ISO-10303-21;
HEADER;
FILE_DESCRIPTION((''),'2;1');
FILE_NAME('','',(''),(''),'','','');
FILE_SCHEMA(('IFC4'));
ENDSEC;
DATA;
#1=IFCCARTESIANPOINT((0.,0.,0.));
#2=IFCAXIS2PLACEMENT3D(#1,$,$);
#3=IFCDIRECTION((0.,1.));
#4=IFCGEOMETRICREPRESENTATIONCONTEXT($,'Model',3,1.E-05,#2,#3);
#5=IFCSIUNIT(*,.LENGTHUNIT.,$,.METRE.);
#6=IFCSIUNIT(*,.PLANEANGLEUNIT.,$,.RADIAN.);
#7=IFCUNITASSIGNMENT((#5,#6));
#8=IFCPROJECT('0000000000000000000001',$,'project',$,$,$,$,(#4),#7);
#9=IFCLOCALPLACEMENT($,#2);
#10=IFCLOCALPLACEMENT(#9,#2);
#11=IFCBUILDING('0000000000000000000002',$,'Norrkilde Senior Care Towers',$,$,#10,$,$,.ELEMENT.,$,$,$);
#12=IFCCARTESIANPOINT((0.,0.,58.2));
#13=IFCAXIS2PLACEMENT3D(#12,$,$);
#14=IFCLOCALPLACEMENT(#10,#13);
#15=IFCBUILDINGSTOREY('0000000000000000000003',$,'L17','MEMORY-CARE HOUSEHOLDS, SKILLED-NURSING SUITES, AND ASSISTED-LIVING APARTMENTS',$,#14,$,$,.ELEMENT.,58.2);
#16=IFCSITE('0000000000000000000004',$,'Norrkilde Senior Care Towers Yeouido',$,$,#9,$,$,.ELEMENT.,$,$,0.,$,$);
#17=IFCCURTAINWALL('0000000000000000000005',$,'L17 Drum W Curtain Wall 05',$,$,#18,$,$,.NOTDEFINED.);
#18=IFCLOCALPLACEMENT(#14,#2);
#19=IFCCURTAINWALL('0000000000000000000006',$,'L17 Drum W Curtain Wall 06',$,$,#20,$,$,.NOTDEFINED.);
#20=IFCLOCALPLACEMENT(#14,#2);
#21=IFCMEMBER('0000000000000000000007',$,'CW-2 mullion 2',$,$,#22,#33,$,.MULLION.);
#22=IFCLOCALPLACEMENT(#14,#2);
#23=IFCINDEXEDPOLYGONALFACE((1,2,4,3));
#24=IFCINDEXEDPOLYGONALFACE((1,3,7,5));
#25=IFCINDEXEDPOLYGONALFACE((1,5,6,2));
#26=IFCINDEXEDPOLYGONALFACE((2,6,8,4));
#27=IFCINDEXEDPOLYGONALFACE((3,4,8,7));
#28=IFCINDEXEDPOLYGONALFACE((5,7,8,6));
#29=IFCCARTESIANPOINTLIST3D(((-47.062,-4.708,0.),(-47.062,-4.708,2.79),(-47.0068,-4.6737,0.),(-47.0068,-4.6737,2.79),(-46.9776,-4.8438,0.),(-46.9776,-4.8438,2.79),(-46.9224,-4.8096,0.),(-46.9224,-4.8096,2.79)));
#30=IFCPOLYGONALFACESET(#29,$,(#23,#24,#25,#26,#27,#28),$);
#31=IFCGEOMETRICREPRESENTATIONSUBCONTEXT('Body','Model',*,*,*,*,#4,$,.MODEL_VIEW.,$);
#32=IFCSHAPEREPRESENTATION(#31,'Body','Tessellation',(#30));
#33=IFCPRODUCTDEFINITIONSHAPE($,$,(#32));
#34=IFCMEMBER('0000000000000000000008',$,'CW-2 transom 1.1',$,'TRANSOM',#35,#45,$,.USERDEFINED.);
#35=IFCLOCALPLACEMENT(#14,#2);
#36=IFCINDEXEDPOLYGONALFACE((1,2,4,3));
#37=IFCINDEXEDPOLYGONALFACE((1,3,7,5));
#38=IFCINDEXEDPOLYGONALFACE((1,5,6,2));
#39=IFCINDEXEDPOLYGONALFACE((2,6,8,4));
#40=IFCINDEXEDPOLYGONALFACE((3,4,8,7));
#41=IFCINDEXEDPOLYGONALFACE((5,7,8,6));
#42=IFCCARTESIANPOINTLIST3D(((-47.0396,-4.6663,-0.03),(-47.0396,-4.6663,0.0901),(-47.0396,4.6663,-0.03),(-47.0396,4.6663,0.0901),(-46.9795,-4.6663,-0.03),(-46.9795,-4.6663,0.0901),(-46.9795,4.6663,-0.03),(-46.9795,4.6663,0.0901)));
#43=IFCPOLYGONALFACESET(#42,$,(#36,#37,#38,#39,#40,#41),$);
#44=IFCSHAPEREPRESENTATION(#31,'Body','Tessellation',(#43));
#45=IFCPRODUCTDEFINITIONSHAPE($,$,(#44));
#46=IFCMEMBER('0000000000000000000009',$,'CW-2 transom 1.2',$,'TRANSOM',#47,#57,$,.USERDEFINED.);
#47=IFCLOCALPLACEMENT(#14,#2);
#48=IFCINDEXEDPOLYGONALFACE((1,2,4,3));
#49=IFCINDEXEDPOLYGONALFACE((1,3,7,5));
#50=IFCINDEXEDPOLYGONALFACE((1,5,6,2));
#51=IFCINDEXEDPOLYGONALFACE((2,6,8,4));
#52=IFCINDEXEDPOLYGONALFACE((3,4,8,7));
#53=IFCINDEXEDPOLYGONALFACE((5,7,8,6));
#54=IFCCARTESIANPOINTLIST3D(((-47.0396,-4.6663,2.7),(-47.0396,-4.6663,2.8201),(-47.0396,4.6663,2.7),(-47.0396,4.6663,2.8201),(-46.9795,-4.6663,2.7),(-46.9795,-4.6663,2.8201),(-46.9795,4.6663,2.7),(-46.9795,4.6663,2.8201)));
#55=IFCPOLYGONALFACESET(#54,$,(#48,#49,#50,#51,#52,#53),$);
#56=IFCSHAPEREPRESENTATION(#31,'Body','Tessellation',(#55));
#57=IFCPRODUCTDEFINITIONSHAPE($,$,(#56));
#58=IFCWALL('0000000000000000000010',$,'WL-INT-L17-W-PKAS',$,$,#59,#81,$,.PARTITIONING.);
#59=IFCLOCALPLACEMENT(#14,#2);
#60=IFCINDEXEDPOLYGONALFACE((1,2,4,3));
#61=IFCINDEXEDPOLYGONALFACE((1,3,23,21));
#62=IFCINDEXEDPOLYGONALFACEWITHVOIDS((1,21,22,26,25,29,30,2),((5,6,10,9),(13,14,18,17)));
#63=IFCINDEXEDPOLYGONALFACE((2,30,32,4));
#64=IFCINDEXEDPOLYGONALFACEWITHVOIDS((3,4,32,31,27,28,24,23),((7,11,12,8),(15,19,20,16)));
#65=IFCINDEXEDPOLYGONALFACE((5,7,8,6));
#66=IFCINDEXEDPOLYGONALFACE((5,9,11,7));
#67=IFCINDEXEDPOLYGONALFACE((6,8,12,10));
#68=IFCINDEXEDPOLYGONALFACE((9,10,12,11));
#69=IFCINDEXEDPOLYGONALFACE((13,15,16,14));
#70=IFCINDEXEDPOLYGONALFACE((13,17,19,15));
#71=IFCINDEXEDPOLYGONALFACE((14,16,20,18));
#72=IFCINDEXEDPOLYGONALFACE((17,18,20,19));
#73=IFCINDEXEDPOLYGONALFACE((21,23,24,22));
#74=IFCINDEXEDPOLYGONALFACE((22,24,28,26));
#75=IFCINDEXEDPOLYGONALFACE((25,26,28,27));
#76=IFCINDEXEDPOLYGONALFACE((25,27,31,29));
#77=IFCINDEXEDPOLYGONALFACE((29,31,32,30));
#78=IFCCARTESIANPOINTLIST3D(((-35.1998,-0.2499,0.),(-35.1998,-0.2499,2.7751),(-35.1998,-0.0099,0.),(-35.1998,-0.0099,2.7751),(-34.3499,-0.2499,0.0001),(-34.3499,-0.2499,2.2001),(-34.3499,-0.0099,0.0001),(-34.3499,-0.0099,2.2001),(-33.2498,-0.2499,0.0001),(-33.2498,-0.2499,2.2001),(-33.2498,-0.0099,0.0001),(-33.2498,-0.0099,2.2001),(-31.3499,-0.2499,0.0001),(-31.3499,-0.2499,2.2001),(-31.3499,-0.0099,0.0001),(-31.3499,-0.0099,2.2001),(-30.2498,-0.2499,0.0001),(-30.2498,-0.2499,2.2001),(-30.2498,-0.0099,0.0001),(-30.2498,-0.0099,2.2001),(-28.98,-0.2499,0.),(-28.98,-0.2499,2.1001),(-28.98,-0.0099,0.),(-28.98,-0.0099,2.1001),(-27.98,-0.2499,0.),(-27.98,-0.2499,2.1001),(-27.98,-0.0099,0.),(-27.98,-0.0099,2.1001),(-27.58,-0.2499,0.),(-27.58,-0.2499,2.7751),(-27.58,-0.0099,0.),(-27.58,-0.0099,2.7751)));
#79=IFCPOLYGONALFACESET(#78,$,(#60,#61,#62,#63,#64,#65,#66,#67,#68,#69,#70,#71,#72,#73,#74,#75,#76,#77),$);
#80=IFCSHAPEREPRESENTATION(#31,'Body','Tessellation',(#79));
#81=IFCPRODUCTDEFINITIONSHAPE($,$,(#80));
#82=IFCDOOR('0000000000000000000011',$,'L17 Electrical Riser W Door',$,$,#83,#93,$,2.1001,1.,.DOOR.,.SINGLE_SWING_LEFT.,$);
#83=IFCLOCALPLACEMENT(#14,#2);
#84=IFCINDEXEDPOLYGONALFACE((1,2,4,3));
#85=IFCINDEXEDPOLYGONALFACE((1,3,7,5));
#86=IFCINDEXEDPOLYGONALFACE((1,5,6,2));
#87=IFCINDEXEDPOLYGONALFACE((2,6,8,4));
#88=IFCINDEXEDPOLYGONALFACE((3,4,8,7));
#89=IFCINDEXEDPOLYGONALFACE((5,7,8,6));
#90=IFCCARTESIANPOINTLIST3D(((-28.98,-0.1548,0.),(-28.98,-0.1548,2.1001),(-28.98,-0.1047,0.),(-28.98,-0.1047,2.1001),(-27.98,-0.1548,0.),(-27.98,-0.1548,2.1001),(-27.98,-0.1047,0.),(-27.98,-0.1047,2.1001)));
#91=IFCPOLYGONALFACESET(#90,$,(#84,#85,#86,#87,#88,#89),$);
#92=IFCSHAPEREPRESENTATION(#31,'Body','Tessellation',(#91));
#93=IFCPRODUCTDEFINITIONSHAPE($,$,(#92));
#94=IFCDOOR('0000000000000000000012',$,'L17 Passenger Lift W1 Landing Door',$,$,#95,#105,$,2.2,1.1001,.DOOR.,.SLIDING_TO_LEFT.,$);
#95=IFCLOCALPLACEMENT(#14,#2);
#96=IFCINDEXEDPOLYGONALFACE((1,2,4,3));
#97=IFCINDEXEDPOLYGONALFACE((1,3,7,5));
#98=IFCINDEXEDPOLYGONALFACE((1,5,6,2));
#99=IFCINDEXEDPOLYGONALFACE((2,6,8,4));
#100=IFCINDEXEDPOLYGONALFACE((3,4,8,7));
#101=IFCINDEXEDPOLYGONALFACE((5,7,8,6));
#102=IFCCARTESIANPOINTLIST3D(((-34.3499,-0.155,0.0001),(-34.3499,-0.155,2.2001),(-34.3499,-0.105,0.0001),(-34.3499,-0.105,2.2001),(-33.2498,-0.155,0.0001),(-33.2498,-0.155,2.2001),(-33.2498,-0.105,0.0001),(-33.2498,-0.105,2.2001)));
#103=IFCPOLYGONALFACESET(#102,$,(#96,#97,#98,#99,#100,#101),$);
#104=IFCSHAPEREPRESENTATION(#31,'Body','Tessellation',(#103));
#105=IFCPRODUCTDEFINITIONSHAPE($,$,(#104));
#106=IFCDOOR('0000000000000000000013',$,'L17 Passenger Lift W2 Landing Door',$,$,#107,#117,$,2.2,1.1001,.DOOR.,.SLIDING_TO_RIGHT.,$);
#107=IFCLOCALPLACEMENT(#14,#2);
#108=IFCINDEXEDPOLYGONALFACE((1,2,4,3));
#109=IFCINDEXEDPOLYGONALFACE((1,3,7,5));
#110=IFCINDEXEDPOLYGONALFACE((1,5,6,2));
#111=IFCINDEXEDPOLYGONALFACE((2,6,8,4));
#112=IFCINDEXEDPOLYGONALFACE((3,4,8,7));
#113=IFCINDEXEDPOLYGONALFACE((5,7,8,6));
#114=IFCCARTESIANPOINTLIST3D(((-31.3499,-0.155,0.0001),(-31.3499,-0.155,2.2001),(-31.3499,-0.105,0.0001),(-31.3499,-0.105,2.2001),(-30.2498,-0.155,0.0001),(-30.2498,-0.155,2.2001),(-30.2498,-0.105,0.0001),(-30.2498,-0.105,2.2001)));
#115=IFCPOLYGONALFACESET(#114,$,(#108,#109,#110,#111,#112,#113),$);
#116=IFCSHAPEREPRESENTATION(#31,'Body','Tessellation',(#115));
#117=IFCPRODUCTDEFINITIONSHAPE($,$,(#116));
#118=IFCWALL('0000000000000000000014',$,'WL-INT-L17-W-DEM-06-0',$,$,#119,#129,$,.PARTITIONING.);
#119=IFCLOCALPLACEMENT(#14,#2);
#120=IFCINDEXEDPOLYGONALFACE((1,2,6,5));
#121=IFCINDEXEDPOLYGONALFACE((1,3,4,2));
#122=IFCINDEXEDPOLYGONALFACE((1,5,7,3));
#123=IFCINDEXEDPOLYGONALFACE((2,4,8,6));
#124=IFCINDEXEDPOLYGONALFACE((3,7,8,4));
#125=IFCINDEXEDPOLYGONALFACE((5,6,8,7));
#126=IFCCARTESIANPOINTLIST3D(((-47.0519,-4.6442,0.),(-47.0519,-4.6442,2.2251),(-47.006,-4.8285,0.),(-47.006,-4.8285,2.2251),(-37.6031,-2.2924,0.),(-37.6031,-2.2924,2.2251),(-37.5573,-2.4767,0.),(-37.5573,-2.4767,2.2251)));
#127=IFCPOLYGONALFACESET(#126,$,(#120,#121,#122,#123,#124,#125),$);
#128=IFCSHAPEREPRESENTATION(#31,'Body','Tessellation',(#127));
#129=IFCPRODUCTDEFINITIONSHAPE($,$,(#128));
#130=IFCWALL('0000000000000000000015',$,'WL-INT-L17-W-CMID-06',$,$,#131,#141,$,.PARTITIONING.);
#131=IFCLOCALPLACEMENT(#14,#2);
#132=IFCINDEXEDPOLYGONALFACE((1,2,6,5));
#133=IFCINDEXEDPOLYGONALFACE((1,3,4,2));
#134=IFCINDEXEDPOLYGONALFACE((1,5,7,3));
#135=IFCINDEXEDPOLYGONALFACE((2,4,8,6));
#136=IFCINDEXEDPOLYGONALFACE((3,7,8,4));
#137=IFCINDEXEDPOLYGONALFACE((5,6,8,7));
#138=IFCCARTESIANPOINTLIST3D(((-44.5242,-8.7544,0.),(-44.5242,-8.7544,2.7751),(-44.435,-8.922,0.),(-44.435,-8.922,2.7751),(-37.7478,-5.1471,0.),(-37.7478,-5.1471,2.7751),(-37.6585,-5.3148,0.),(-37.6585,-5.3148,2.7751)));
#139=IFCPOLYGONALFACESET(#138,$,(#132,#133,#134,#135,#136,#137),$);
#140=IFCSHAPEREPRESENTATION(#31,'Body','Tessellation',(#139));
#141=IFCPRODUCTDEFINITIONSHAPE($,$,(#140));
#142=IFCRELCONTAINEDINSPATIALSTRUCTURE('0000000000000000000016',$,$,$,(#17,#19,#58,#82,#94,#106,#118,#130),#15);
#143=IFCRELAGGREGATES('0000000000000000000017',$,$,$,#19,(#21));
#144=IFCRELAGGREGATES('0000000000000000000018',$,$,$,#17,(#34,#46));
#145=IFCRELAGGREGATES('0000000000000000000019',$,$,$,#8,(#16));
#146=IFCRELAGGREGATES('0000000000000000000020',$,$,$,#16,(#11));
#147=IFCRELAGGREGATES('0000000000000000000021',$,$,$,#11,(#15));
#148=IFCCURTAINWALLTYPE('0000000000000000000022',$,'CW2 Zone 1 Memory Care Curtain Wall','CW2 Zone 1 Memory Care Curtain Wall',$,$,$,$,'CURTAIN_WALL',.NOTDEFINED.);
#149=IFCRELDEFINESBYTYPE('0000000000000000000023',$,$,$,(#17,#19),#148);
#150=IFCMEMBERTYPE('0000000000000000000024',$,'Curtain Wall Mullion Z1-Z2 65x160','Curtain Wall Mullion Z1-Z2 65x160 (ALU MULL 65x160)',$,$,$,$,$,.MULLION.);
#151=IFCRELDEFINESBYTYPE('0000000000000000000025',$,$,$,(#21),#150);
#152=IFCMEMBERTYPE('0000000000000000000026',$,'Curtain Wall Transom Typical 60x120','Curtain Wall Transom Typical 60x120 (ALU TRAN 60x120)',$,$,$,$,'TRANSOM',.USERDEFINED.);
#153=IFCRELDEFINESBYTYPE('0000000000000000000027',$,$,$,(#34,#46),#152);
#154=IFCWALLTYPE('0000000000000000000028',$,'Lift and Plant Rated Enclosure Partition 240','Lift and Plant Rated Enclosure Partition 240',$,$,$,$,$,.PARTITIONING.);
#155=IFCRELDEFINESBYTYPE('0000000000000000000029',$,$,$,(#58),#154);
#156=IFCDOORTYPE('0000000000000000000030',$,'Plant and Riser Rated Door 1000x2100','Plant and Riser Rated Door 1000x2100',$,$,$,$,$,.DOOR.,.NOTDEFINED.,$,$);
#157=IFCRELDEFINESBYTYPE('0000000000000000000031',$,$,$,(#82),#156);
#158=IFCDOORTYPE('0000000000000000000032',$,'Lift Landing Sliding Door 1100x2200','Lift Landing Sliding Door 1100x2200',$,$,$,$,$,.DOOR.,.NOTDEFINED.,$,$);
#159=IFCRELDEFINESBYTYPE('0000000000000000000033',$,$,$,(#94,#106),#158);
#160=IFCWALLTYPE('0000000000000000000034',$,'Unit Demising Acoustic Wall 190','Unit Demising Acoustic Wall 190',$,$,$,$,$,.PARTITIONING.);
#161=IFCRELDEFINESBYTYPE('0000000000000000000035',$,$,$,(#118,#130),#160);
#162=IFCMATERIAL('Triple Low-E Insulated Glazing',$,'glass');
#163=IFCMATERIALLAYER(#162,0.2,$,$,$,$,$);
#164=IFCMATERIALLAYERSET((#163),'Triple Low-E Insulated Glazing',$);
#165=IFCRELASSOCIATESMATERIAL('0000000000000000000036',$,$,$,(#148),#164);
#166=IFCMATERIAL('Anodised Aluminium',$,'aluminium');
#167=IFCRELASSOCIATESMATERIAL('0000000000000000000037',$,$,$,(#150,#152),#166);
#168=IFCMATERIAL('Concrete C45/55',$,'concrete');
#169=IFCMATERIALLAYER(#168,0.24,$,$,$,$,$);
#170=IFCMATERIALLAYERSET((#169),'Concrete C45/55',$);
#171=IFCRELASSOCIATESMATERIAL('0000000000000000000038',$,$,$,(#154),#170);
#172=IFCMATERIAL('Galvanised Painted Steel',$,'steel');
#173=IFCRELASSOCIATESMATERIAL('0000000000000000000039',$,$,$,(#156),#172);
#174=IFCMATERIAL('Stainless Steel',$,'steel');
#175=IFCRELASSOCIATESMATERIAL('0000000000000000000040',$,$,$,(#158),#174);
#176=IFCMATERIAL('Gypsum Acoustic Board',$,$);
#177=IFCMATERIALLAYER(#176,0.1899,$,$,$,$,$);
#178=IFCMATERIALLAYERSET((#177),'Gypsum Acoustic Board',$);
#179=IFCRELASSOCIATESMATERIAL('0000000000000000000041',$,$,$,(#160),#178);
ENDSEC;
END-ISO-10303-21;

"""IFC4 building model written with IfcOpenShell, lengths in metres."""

from ifc_helpers import new_model, si_unit, direction, frame, frame_2d, origin, origin_2d, place, context, subcontext, project, spatial, rectangle, extrude, source, transform, mapped, material, layer, layer_set, material_profile, profile_set, type_object, type_shapes, element, fill, aggregate, save


model = new_model("IFC4")

# Units and contexts
model_context = context("Model", 3, precision=1e-05, world=origin(), true_north=direction((0.0, 1.0)))
body_context = subcontext(model_context, "Body", "Model", "MODEL_VIEW")
ifc_project = project(units=[si_unit("LENGTHUNIT", "METRE"), si_unit("PLANEANGLEUNIT", "RADIAN")], contexts=[model_context])

# Site, building, storey
site_placement = place(None, origin())
site = spatial("IfcSite", under=ifc_project, at=site_placement, Name="Norrkilde Senior Care Towers Yeouido", CompositionType="ELEMENT", RefElevation=0.0)
building_placement = place(site_placement, origin())
building = spatial("IfcBuilding", under=site, at=building_placement, Name="Norrkilde Senior Care Towers", CompositionType="ELEMENT")
storey_placement = place(building_placement, frame((0.0, 0.0, 58.2)))
storey = spatial("IfcBuildingStorey", under=building, at=storey_placement, Name="L17", Description="MEMORY-CARE HOUSEHOLDS, SKILLED-NURSING SUITES, AND ASSISTED-LIVING APARTMENTS", CompositionType="ELEMENT", Elevation=58.2)

# Curtain walls, member
ifc_material_1 = material(Name="Triple Low-E Insulated Glazing", Category="glass")
ifc_layer_1 = layer(ifc_material_1, 0.2)
ifc_layer_set_1 = layer_set([ifc_layer_1], Name="Triple Low-E Insulated Glazing")
curtain_wall_type = type_object("IfcCurtainWallType", Name="CW2 Zone 1 Memory Care Curtain Wall", Description="CW2 Zone 1 Memory Care Curtain Wall", ElementType="CURTAIN_WALL", PredefinedType="NOTDEFINED", material=ifc_layer_set_1)
curtain_wall_1_placement = place(storey_placement, origin())
curtain_wall_1 = element("IfcCurtainWall", 1, at=curtain_wall_1_placement, inside=storey, type_object=curtain_wall_type, Name="L17 Drum W Curtain Wall 05", PredefinedType="NOTDEFINED")
ifc_material_2 = material(Name="Anodised Aluminium", Category="aluminium")
ifc_material_profile_1 = material_profile(ifc_material_2, rectangle(XDim=0.0649, YDim=0.1599, at=origin_2d()), Name="ALU MULL 65x160")
ifc_profile_set_1 = profile_set([ifc_material_profile_1], Name="Anodised Aluminium")
member_type_1 = type_object("IfcMemberType", Name="Curtain Wall Mullion Z1-Z2 65x160", Description="Curtain Wall Mullion Z1-Z2 65x160 (ALU MULL 65x160)", PredefinedType="MULLION", material=ifc_profile_set_1)
shared_shape_1 = source(origin(), body_context, "Body", "SweptSolid", [
    extrude(rectangle(XDim=0.0649, YDim=0.1599, at=origin_2d()), origin(), (0.0, 0.0, 1.0), 2.79),
])
type_shapes(member_type_1, [shared_shape_1])
curtain_wall_2_placement = place(storey_placement, origin())
curtain_wall_2 = element("IfcCurtainWall", 2, at=curtain_wall_2_placement, inside=storey, type_object=curtain_wall_type, Name="L17 Drum W Curtain Wall 06", PredefinedType="NOTDEFINED")
member_1_placement = place(storey_placement, frame((-46.9922, -4.7588, 0.0), z_axis=(0.0, 0.0, 1.0), x_axis=(-0.849306, -0.527901, 0.0)))
member_1 = element("IfcMember", 3, at=member_1_placement, type_object=member_type_1, Name="CW-2 mullion 2", PredefinedType="MULLION", context=body_context, shape_type="MappedRepresentation", body=[
    mapped(shared_shape_1, transform((0.0, 0.0, 0.0), x_axis=(1.0, 0.0, 0.0), y_axis=(0.0, 1.0, 0.0), z_axis=(0.0, 0.0, 1.0), scale=1.0)),
])
aggregate(curtain_wall_2, [member_1])

# Members
ifc_material_profile_2 = material_profile(ifc_material_2, rectangle(XDim=0.0601, YDim=0.1201, at=origin_2d()), Name="ALU TRAN 60x120")
ifc_profile_set_2 = profile_set([ifc_material_profile_2], Name="Anodised Aluminium")
member_type_2 = type_object("IfcMemberType", Name="Curtain Wall Transom Typical 60x120", Description="Curtain Wall Transom Typical 60x120 (ALU TRAN 60x120)", ElementType="TRANSOM", PredefinedType="USERDEFINED", material=ifc_profile_set_2)
shared_shape_2 = source(origin(), body_context, "Body", "SweptSolid", [
    extrude(rectangle(XDim=0.0601, YDim=0.1201, at=origin_2d()), origin(), (0.0, 0.0, 1.0), 9.3325),
])
type_shapes(member_type_2, [shared_shape_2])
member_2_placement = place(storey_placement, frame((-47.0095, -4.6663, 0.03), z_axis=(0.0, 1.0, 0.0), x_axis=(-1.0, 0.0, 0.0)))
member_2 = element("IfcMember", 4, at=member_2_placement, type_object=member_type_2, Name="CW-2 transom 1.1", ObjectType="TRANSOM", PredefinedType="USERDEFINED", context=body_context, shape_type="MappedRepresentation", body=[
    mapped(shared_shape_2, transform((0.0, 0.0, 0.0), x_axis=(1.0, 0.0, 0.0), y_axis=(0.0, 1.0, 0.0), z_axis=(0.0, 0.0, 1.0), scale=1.0)),
])
member_3_placement = place(storey_placement, frame((-47.0095, -4.6663, 2.76), z_axis=(0.0, 1.0, 0.0), x_axis=(-1.0, 0.0, 0.0)))
member_3 = element("IfcMember", 5, at=member_3_placement, type_object=member_type_2, Name="CW-2 transom 1.2", ObjectType="TRANSOM", PredefinedType="USERDEFINED", context=body_context, shape_type="MappedRepresentation", body=[
    mapped(shared_shape_2, transform((0.0, 0.0, 0.0), x_axis=(1.0, 0.0, 0.0), y_axis=(0.0, 1.0, 0.0), z_axis=(0.0, 0.0, 1.0), scale=1.0)),
])
aggregate(curtain_wall_1, [member_2, member_3])

# Shared definitions
ifc_material_3 = material(Name="Galvanised Painted Steel", Category="steel")
ifc_material_4 = material(Name="Concrete C45/55", Category="concrete")

# Wall, openings, doors
ifc_layer_2 = layer(ifc_material_4, 0.24)
ifc_layer_set_2 = layer_set([ifc_layer_2], Name="Concrete C45/55")
wall_type_1 = type_object("IfcWallType", Name="Lift and Plant Rated Enclosure Partition 240", Description="Lift and Plant Rated Enclosure Partition 240", PredefinedType="PARTITIONING", material=ifc_layer_set_2)
shared_shape_3 = source(origin(), body_context, "Body", "SweptSolid", [
    extrude(rectangle(XDim=7.6199, YDim=0.24, at=frame_2d((3.8101, 0.0))), origin(), (0.0, 0.0, 1.0), 2.7751),
])
type_shapes(wall_type_1, [shared_shape_3])
wall_1_placement = place(storey_placement, frame((-35.2, -0.1299, 0.0), z_axis=(0.0, 0.0, 1.0), x_axis=(1.0, 0.0, 0.0)))
wall_1 = element("IfcWall", 6, at=wall_1_placement, inside=storey, type_object=wall_type_1, Name="WL-INT-L17-W-PKAS", PredefinedType="PARTITIONING", context=body_context, shape_type="MappedRepresentation", body=[
    mapped(shared_shape_3, transform((0.0, 0.0, 0.0), x_axis=(1.0, 0.0, 0.0), y_axis=(0.0, 1.0, 0.0), z_axis=(0.0, 0.0, 1.0), scale=1.0)),
])
opening_1_placement = place(wall_1_placement, frame((6.22, 0.0, 0.0)))
opening_1 = element("IfcOpeningElement", 7, at=opening_1_placement, cuts=wall_1, PredefinedType="OPENING", context=body_context, shape_type="SweptSolid", body=[
    extrude(rectangle(XDim=1.0, YDim=2.1001, at=frame_2d((0.5, 1.05))), frame((0.0, 0.1299, 0.0), z_axis=(0.0, -1.0, 0.0), x_axis=(1.0, 0.0, 0.0)), (0.0, 0.0, 1.0), 0.26),
])
opening_2_placement = place(wall_1_placement, frame((0.8501, 0.0, 0.0)))
opening_2 = element("IfcOpeningElement", 8, at=opening_2_placement, cuts=wall_1, PredefinedType="OPENING", context=body_context, shape_type="SweptSolid", body=[
    extrude(rectangle(XDim=1.1001, YDim=2.2, at=frame_2d((0.55, 1.1001))), frame((0.0, 0.1299, 0.0), z_axis=(0.0, -1.0, 0.0), x_axis=(1.0, 0.0, 0.0)), (0.0, 0.0, 1.0), 0.26),
])
opening_3_placement = place(wall_1_placement, frame((3.8501, 0.0, 0.0)))
opening_3 = element("IfcOpeningElement", 9, at=opening_3_placement, cuts=wall_1, PredefinedType="OPENING", context=body_context, shape_type="SweptSolid", body=[
    extrude(rectangle(XDim=1.1001, YDim=2.2, at=frame_2d((0.55, 1.1001))), frame((0.0, 0.1299, 0.0), z_axis=(0.0, -1.0, 0.0), x_axis=(1.0, 0.0, 0.0)), (0.0, 0.0, 1.0), 0.26),
])
door_type_1 = type_object("IfcDoorType", Name="Plant and Riser Rated Door 1000x2100", Description="Plant and Riser Rated Door 1000x2100", OperationType="NOTDEFINED", PredefinedType="DOOR", material=ifc_material_3)
shared_shape_4 = source(origin(), body_context, "Body", "SweptSolid", [
    extrude(rectangle(XDim=1.0, YDim=2.1001, at=frame_2d((0.5, 1.05))), frame((0.0, 0.0249, 0.0), z_axis=(0.0, -1.0, 0.0), x_axis=(1.0, 0.0, 0.0)), (0.0, 0.0, 1.0), 0.05),
])
type_shapes(door_type_1, [shared_shape_4])
door_1_placement = place(opening_1_placement, frame((1.0, 0.0, 0.0), z_axis=(0.0, 0.0, 1.0), x_axis=(-1.0, 0.0, 0.0)))
door_1 = element("IfcDoor", 10, at=door_1_placement, inside=storey, type_object=door_type_1, Name="L17 Electrical Riser W Door", OperationType="SINGLE_SWING_LEFT", OverallHeight=2.1001, OverallWidth=1.0, PredefinedType="DOOR", context=body_context, shape_type="MappedRepresentation", body=[
    mapped(shared_shape_4, transform((0.0, 0.0, 0.0), x_axis=(1.0, 0.0, 0.0), y_axis=(0.0, 1.0, 0.0), z_axis=(0.0, 0.0, 1.0), scale=1.0)),
])
fill(opening_1, door_1)
ifc_material_5 = material(Name="Stainless Steel", Category="steel")
door_type_2 = type_object("IfcDoorType", Name="Lift Landing Sliding Door 1100x2200", Description="Lift Landing Sliding Door 1100x2200", OperationType="NOTDEFINED", PredefinedType="DOOR", material=ifc_material_5)
shared_shape_5 = source(origin(), body_context, "Body", "SweptSolid", [
    extrude(rectangle(XDim=1.1001, YDim=2.2, at=frame_2d((0.55, 1.1001))), frame((0.0, 0.0249, 0.0), z_axis=(0.0, -1.0, 0.0), x_axis=(1.0, 0.0, 0.0)), (0.0, 0.0, 1.0), 0.05),
])
type_shapes(door_type_2, [shared_shape_5])
door_2_placement = place(opening_2_placement, origin())
door_2 = element("IfcDoor", 11, at=door_2_placement, inside=storey, type_object=door_type_2, Name="L17 Passenger Lift W1 Landing Door", OperationType="SLIDING_TO_LEFT", OverallHeight=2.2, OverallWidth=1.1001, PredefinedType="DOOR", context=body_context, shape_type="MappedRepresentation", body=[
    mapped(shared_shape_5, transform((0.0, 0.0, 0.0), x_axis=(1.0, 0.0, 0.0), y_axis=(0.0, 1.0, 0.0), z_axis=(0.0, 0.0, 1.0), scale=1.0)),
])
fill(opening_2, door_2)
door_3_placement = place(opening_3_placement, origin())
door_3 = element("IfcDoor", 12, at=door_3_placement, inside=storey, type_object=door_type_2, Name="L17 Passenger Lift W2 Landing Door", OperationType="SLIDING_TO_RIGHT", OverallHeight=2.2, OverallWidth=1.1001, PredefinedType="DOOR", context=body_context, shape_type="MappedRepresentation", body=[
    mapped(shared_shape_5, transform((0.0, 0.0, 0.0), x_axis=(1.0, 0.0, 0.0), y_axis=(0.0, 1.0, 0.0), z_axis=(0.0, 0.0, 1.0), scale=1.0)),
])
fill(opening_3, door_3)

# Walls
ifc_material_6 = material(Name="Gypsum Acoustic Board")
ifc_layer_3 = layer(ifc_material_6, 0.1899)
ifc_layer_set_3 = layer_set([ifc_layer_3], Name="Gypsum Acoustic Board")
wall_type_2 = type_object("IfcWallType", Name="Unit Demising Acoustic Wall 190", Description="Unit Demising Acoustic Wall 190", PredefinedType="PARTITIONING", material=ifc_layer_set_3)
shared_shape_6 = source(origin(), body_context, "Body", "SweptSolid", [
    extrude(rectangle(XDim=9.7371, YDim=0.1899, at=frame_2d((4.8687, 0.0))), origin(), (0.0, 0.0, 1.0), 2.2251),
])
wall_2_placement = place(storey_placement, frame((-37.5801, -2.3845, 0.0), z_axis=(0.0, 0.0, 1.0), x_axis=(-0.970393, -0.241533, 0.0)))
element("IfcWall", 13, at=wall_2_placement, inside=storey, type_object=wall_type_2, Name="WL-INT-L17-W-DEM-06-0", PredefinedType="PARTITIONING", context=body_context, shape_type="MappedRepresentation", body=[
    mapped(shared_shape_6, transform((0.0, 0.0, 0.0), x_axis=(1.0, 0.0, 0.0), y_axis=(0.0, 1.0, 0.0), z_axis=(0.0, 0.0, 1.0), scale=1.0)),
])
shared_shape_7 = source(origin(), body_context, "Body", "SweptSolid", [
    extrude(rectangle(XDim=7.6768, YDim=0.1899, at=frame_2d((3.8384, 0.0))), origin(), (0.0, 0.0, 1.0), 2.7751),
])
type_shapes(wall_type_2, [shared_shape_6, shared_shape_7])
wall_3_placement = place(storey_placement, frame((-37.7031, -5.231, 0.0), z_axis=(0.0, 0.0, 1.0), x_axis=(-0.882725, -0.46989, 0.0)))
element("IfcWall", 14, at=wall_3_placement, inside=storey, type_object=wall_type_2, Name="WL-INT-L17-W-CMID-06", PredefinedType="PARTITIONING", context=body_context, shape_type="MappedRepresentation", body=[
    mapped(shared_shape_7, transform((0.0, 0.0, 0.0), x_axis=(1.0, 0.0, 0.0), y_axis=(0.0, 1.0, 0.0), z_axis=(0.0, 0.0, 1.0), scale=1.0)),
])

save(model, "model.ifc")
